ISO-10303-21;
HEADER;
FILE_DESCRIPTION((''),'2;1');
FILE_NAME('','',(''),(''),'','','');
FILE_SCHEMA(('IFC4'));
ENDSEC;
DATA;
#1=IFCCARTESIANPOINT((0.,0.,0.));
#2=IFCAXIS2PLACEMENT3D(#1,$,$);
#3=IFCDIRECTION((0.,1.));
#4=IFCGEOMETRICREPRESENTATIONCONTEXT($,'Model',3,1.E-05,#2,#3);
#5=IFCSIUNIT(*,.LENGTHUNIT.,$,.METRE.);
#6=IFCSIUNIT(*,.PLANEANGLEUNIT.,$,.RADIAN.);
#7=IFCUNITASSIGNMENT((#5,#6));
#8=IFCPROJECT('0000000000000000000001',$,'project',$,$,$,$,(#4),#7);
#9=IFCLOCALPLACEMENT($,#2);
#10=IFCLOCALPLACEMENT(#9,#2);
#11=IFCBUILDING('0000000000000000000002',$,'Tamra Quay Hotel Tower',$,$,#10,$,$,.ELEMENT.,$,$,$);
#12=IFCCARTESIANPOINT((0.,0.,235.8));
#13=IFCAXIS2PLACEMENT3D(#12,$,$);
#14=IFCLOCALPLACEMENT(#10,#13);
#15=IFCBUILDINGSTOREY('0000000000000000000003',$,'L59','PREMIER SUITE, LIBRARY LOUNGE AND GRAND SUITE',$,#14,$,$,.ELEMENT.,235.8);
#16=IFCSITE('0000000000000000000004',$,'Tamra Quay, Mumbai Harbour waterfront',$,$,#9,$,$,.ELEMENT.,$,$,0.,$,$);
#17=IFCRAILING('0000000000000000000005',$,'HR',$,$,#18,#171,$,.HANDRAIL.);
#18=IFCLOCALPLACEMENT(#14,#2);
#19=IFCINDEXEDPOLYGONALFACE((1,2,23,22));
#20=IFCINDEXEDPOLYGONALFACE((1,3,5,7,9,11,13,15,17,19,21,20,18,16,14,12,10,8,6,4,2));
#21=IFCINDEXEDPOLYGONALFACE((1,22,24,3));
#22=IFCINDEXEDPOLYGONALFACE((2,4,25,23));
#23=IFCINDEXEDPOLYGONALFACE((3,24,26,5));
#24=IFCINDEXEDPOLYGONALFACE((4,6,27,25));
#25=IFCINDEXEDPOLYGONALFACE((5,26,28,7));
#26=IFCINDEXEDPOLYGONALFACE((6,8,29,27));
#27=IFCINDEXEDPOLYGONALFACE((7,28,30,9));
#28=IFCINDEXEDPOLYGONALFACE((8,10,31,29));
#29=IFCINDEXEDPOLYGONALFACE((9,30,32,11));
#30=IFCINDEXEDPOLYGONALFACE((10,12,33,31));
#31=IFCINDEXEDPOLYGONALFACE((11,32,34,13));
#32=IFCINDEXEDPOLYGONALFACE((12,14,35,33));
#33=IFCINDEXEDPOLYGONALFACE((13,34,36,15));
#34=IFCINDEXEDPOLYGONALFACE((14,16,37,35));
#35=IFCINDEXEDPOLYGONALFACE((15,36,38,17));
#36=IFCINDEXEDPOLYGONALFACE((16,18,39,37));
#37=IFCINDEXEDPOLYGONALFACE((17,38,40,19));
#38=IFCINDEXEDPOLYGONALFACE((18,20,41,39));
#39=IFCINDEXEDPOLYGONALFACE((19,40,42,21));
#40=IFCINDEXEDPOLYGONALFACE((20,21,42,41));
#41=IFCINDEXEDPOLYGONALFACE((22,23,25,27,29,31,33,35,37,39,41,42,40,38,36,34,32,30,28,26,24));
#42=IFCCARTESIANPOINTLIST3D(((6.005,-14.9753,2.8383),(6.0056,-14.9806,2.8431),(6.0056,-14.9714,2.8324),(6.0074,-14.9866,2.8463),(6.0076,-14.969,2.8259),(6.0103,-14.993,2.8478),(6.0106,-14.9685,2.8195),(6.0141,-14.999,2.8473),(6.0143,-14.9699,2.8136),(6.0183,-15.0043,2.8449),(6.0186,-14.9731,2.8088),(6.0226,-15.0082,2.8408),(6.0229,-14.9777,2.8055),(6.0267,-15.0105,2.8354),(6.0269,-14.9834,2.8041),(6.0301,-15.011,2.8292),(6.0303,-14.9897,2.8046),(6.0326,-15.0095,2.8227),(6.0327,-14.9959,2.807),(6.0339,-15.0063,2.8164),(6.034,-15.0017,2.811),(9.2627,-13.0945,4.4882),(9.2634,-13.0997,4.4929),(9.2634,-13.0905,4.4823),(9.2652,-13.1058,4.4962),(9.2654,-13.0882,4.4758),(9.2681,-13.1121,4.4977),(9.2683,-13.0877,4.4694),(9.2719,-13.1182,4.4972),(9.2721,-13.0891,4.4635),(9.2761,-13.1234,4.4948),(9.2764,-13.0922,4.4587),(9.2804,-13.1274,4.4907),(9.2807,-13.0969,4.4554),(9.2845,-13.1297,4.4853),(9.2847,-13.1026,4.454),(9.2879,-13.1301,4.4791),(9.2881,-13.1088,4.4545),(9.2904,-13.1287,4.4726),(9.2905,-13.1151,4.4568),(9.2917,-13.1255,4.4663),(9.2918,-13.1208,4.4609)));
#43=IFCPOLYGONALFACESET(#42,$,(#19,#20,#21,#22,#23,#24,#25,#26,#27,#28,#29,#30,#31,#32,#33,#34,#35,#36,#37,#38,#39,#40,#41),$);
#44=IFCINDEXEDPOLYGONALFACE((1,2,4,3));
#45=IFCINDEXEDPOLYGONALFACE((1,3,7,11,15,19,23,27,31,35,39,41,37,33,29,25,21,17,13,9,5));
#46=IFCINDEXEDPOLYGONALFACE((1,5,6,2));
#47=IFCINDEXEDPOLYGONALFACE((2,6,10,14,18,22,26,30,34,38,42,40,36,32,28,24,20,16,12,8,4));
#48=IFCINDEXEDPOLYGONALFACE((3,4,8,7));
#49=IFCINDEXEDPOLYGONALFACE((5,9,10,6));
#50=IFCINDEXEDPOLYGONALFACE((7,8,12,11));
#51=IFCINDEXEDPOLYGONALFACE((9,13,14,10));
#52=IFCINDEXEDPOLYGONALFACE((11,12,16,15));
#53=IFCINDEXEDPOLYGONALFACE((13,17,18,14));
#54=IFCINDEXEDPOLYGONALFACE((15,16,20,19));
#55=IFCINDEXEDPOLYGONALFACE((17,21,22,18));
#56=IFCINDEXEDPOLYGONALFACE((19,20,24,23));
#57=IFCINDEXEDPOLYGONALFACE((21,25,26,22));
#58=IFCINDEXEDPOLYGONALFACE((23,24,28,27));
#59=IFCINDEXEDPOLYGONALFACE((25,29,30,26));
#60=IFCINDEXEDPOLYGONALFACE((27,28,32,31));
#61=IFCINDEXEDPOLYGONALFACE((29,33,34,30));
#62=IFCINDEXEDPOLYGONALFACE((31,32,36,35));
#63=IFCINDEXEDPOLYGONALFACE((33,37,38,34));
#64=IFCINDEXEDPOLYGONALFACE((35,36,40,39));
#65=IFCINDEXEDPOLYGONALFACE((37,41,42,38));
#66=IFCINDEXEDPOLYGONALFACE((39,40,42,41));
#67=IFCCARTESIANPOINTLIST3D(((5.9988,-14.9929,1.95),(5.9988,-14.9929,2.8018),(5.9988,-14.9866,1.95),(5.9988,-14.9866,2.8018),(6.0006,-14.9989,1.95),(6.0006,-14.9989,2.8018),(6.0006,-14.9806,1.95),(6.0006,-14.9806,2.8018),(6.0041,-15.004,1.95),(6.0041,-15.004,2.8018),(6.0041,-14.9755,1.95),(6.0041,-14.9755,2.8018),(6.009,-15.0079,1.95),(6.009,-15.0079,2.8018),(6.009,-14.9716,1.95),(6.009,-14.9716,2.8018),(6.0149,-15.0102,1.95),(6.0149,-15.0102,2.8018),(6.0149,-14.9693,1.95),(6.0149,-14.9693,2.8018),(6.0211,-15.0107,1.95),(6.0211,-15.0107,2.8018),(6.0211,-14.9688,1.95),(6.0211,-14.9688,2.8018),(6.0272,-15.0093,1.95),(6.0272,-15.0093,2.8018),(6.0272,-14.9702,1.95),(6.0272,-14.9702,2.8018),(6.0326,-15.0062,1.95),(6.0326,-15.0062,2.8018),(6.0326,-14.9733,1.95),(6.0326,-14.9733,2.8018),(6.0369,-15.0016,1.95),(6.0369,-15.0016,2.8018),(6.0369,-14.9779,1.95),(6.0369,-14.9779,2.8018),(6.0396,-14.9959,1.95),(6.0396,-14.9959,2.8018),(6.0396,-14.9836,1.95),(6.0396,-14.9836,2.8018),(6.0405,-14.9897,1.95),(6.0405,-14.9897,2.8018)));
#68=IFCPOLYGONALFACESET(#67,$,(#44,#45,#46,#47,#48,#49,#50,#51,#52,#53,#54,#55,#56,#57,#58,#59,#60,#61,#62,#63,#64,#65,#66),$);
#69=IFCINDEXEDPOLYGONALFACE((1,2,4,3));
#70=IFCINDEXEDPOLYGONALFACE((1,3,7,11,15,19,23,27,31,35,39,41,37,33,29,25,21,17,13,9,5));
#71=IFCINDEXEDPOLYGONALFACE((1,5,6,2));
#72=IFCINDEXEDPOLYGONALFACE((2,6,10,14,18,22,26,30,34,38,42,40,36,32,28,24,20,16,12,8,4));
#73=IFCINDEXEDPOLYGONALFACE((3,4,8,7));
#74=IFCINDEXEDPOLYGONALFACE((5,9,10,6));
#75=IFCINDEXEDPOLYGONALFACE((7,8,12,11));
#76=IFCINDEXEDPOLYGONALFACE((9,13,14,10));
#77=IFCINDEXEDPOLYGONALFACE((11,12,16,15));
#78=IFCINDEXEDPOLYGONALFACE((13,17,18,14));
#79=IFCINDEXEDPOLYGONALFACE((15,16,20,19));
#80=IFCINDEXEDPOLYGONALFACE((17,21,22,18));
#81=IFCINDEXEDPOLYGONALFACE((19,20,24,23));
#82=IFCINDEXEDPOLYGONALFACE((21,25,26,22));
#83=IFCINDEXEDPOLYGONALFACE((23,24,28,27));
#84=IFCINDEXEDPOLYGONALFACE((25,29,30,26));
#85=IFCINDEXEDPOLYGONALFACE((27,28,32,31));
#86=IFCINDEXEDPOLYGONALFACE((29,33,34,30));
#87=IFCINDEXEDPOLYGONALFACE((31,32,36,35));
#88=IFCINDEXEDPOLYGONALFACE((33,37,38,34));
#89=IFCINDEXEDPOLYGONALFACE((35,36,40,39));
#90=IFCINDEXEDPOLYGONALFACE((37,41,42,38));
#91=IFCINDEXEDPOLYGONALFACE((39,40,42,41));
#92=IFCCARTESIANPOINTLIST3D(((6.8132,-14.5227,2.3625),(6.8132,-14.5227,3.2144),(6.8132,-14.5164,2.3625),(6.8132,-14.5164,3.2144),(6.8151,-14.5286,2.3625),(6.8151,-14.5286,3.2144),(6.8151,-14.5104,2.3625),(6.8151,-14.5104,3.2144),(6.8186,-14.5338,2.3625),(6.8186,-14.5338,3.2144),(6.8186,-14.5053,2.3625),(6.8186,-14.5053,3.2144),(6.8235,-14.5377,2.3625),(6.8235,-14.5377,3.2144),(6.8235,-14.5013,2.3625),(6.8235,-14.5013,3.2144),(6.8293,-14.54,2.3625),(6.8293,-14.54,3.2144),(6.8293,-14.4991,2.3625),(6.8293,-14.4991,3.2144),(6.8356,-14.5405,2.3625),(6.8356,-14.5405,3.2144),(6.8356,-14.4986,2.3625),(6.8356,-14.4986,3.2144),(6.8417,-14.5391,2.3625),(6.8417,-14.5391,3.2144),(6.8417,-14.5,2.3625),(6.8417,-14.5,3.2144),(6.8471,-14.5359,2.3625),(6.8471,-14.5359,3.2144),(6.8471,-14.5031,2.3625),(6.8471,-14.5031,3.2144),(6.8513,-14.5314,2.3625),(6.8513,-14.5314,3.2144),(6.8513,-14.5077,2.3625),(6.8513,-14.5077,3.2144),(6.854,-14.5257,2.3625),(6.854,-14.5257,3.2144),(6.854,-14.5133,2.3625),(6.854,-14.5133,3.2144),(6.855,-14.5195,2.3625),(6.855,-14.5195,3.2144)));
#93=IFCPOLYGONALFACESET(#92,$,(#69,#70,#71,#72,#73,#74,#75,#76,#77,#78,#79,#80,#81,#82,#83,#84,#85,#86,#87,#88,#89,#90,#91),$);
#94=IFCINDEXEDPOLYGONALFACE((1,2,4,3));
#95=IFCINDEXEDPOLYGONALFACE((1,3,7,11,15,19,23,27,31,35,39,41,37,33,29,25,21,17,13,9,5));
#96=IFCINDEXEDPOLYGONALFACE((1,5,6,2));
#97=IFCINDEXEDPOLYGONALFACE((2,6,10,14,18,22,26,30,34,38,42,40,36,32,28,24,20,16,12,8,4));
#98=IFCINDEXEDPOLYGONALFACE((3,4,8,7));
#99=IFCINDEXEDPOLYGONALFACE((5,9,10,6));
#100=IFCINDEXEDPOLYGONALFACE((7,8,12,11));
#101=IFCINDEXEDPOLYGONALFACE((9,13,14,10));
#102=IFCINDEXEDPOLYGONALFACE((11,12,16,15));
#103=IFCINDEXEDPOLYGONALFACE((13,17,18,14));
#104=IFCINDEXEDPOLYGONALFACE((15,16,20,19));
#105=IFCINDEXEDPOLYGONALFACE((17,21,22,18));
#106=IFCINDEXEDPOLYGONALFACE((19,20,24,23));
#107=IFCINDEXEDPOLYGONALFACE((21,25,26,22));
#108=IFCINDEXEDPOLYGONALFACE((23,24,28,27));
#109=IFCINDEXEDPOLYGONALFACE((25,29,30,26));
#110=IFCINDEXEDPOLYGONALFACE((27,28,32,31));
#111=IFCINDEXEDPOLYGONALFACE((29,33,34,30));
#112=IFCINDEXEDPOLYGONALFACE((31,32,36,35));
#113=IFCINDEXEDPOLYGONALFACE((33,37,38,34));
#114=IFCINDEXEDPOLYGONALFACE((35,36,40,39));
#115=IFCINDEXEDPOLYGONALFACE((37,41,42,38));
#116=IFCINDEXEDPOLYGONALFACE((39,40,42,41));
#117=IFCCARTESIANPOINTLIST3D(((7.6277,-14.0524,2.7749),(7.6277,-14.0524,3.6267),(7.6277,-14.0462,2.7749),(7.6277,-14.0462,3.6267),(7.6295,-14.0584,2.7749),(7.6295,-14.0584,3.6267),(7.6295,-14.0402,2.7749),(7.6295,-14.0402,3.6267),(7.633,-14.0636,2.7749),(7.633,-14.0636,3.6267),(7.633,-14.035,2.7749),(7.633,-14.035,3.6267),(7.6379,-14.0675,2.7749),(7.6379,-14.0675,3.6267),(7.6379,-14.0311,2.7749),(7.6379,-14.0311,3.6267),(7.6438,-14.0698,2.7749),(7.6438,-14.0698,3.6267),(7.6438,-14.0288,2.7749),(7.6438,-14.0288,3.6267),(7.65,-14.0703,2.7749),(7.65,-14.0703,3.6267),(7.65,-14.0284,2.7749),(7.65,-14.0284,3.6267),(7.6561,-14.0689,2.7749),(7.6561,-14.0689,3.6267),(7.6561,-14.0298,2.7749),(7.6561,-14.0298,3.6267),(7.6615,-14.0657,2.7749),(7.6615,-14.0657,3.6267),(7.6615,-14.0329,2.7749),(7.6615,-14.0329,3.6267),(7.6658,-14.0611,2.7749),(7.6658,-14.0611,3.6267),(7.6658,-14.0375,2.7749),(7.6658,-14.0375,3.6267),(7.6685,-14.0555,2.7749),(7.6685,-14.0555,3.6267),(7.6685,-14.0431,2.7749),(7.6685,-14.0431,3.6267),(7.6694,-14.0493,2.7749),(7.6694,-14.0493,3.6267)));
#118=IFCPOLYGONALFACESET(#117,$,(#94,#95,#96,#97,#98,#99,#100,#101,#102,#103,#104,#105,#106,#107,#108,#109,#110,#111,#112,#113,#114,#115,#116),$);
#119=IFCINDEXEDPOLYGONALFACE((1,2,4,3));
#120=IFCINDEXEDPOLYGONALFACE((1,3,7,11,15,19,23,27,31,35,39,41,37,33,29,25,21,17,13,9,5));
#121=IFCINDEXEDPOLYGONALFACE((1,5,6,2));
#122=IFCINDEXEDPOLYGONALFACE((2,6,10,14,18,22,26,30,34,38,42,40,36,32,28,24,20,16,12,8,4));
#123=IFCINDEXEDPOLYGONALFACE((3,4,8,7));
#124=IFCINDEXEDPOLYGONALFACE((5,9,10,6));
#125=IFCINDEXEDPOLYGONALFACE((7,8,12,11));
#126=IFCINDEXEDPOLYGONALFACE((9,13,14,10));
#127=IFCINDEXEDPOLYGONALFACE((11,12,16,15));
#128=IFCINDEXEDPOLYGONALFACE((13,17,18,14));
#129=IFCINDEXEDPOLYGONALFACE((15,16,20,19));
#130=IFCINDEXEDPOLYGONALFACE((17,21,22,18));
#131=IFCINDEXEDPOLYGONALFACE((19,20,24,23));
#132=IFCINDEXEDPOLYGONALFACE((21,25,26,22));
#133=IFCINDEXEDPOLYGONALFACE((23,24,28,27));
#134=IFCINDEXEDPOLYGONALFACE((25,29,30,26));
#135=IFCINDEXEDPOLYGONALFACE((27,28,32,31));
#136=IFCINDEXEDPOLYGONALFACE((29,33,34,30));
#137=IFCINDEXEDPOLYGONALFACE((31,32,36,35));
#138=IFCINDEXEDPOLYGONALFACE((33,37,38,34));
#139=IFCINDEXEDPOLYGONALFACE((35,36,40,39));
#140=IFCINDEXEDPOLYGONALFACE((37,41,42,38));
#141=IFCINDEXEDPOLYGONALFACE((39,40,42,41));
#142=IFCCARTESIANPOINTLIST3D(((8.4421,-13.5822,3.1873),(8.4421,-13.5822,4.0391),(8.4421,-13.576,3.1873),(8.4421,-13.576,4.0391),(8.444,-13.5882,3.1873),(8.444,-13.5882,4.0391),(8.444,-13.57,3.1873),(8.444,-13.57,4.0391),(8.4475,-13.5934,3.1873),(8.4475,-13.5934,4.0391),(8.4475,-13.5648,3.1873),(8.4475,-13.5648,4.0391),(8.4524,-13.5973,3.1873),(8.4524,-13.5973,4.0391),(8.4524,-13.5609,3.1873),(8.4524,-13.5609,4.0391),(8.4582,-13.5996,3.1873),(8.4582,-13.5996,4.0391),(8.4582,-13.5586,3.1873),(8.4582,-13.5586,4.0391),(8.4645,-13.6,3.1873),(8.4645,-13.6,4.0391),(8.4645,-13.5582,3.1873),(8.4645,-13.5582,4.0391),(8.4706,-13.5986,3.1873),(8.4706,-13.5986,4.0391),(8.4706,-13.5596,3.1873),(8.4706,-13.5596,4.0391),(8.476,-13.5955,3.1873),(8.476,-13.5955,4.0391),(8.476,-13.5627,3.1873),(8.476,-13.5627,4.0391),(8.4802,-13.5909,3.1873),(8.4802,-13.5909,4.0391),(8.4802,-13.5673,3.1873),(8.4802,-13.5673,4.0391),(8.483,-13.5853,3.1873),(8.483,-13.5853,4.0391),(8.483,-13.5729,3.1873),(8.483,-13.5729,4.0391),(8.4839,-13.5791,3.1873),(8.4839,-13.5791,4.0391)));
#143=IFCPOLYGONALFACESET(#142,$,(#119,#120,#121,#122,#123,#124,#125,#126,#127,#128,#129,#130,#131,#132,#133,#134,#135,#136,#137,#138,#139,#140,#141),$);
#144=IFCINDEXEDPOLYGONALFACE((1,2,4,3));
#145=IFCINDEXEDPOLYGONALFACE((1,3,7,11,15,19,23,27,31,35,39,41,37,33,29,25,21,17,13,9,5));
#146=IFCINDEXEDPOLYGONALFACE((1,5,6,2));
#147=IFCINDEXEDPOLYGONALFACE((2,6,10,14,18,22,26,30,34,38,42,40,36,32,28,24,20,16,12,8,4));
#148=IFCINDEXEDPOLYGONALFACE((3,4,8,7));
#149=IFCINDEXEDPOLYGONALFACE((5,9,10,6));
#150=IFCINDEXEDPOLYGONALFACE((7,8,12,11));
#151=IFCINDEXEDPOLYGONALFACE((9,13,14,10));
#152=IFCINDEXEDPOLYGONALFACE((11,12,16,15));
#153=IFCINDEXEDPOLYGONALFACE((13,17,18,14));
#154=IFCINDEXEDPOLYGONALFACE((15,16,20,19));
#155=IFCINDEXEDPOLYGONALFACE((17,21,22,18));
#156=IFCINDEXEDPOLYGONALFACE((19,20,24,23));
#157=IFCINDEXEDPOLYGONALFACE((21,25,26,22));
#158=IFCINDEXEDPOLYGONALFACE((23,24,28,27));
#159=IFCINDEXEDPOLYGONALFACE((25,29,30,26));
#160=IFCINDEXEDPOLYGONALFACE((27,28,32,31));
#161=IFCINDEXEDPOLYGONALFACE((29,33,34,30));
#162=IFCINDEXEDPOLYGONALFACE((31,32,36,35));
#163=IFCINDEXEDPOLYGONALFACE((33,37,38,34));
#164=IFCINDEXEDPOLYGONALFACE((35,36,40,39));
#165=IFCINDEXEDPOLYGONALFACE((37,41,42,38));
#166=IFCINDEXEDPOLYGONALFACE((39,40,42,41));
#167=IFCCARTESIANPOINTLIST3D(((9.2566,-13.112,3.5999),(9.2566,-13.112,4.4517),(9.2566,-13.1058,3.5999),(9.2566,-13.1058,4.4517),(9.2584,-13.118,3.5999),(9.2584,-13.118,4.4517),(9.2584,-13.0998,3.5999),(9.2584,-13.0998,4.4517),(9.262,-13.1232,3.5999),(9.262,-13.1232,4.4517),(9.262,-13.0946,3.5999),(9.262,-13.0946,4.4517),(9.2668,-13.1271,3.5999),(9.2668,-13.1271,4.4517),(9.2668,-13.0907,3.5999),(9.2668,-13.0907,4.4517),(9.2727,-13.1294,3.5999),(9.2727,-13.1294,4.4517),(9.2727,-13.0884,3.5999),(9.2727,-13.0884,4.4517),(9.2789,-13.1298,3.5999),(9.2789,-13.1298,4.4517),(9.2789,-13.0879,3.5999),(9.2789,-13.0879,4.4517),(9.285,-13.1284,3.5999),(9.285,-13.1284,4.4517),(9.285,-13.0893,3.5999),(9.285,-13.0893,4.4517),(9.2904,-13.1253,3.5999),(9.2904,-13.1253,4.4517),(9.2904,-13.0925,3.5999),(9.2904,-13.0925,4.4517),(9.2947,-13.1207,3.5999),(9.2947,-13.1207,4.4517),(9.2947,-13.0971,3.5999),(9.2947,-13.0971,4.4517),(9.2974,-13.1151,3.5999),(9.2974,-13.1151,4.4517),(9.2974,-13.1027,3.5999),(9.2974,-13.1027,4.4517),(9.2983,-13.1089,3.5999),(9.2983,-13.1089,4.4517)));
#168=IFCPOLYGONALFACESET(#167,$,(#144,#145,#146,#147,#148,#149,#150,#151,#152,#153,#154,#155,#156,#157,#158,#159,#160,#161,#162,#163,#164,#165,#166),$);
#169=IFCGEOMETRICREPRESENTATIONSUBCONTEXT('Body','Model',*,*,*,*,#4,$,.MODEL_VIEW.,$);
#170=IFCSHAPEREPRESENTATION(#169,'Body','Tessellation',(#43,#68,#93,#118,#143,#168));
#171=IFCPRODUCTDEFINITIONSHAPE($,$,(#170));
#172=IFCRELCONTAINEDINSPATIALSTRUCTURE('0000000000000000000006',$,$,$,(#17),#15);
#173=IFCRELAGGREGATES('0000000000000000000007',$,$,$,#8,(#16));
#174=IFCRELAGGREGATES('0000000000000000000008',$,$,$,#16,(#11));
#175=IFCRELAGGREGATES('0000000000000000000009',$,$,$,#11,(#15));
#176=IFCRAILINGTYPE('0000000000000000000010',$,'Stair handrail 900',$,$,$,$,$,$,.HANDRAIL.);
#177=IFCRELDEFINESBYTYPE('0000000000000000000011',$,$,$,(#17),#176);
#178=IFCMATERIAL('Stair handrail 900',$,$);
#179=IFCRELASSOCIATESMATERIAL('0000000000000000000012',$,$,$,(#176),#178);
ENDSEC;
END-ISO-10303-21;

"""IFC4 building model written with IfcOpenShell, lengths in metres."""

from ifc_helpers import new_model, si_unit, direction, frame, origin, origin_2d, place, context, subcontext, project, spatial, circle, extrude, material, type_object, element, save


model = new_model("IFC4")

# Units and contexts
model_context = context("Model", 3, precision=1e-05, world=origin(), true_north=direction((0.0, 1.0)))
body_context = subcontext(model_context, "Body", "Model", "MODEL_VIEW")
ifc_project = project(units=[si_unit("LENGTHUNIT", "METRE"), si_unit("PLANEANGLEUNIT", "RADIAN")], contexts=[model_context])

# Site, building, storey
site_placement = place(None, origin())
site = spatial("IfcSite", under=ifc_project, at=site_placement, Name="Tamra Quay, Mumbai Harbour waterfront", CompositionType="ELEMENT", RefElevation=0.0)
building_placement = place(site_placement, origin())
building = spatial("IfcBuilding", under=site, at=building_placement, Name="Tamra Quay Hotel Tower", CompositionType="ELEMENT")
storey_placement = place(building_placement, frame((0.0, 0.0, 235.8)))
storey = spatial("IfcBuildingStorey", under=building, at=storey_placement, Name="L59", Description="PREMIER SUITE, LIBRARY LOUNGE AND GRAND SUITE", CompositionType="ELEMENT", Elevation=235.8)

# Railing
ifc_material_1 = material(Name="Stair handrail 900")
railing_type_1 = type_object("IfcRailingType", Name="Stair handrail 900", PredefinedType="HANDRAIL", material=ifc_material_1)
railing_1_placement = place(storey_placement, frame((6.0195, -14.9897, 1.95)))
element("IfcRailing", 1, at=railing_1_placement, inside=storey, type_object=railing_type_1, Name="HR", PredefinedType="HANDRAIL", context=body_context, shape_type="SweptSolid", body=[
    extrude(circle(Radius=0.0239, at=origin_2d()), frame((0.0, 0.0, 0.876), z_axis=(0.7931, 0.457887, 0.401661), x_axis=(-0.499992, 0.86603, 0.0)), (0.0, 0.0, 1.0), 4.1077),
    extrude(circle(Radius=0.021, at=origin_2d()), origin(), (0.0, 0.0, 1.0), 0.8518),
    extrude(circle(Radius=0.021, at=origin_2d()), frame((0.8145, 0.4702, 0.4126)), (0.0, 0.0, 1.0), 0.8518),
    extrude(circle(Radius=0.021, at=origin_2d()), frame((1.6289, 0.9404, 0.825)), (0.0, 0.0, 1.0), 0.8518),
    extrude(circle(Radius=0.021, at=origin_2d()), frame((2.4434, 1.4106, 1.2373)), (0.0, 0.0, 1.0), 0.8518),
    extrude(circle(Radius=0.021, at=origin_2d()), frame((3.2578, 1.8809, 1.6499)), (0.0, 0.0, 1.0), 0.8518),
])

save(model, "model.ifc")
